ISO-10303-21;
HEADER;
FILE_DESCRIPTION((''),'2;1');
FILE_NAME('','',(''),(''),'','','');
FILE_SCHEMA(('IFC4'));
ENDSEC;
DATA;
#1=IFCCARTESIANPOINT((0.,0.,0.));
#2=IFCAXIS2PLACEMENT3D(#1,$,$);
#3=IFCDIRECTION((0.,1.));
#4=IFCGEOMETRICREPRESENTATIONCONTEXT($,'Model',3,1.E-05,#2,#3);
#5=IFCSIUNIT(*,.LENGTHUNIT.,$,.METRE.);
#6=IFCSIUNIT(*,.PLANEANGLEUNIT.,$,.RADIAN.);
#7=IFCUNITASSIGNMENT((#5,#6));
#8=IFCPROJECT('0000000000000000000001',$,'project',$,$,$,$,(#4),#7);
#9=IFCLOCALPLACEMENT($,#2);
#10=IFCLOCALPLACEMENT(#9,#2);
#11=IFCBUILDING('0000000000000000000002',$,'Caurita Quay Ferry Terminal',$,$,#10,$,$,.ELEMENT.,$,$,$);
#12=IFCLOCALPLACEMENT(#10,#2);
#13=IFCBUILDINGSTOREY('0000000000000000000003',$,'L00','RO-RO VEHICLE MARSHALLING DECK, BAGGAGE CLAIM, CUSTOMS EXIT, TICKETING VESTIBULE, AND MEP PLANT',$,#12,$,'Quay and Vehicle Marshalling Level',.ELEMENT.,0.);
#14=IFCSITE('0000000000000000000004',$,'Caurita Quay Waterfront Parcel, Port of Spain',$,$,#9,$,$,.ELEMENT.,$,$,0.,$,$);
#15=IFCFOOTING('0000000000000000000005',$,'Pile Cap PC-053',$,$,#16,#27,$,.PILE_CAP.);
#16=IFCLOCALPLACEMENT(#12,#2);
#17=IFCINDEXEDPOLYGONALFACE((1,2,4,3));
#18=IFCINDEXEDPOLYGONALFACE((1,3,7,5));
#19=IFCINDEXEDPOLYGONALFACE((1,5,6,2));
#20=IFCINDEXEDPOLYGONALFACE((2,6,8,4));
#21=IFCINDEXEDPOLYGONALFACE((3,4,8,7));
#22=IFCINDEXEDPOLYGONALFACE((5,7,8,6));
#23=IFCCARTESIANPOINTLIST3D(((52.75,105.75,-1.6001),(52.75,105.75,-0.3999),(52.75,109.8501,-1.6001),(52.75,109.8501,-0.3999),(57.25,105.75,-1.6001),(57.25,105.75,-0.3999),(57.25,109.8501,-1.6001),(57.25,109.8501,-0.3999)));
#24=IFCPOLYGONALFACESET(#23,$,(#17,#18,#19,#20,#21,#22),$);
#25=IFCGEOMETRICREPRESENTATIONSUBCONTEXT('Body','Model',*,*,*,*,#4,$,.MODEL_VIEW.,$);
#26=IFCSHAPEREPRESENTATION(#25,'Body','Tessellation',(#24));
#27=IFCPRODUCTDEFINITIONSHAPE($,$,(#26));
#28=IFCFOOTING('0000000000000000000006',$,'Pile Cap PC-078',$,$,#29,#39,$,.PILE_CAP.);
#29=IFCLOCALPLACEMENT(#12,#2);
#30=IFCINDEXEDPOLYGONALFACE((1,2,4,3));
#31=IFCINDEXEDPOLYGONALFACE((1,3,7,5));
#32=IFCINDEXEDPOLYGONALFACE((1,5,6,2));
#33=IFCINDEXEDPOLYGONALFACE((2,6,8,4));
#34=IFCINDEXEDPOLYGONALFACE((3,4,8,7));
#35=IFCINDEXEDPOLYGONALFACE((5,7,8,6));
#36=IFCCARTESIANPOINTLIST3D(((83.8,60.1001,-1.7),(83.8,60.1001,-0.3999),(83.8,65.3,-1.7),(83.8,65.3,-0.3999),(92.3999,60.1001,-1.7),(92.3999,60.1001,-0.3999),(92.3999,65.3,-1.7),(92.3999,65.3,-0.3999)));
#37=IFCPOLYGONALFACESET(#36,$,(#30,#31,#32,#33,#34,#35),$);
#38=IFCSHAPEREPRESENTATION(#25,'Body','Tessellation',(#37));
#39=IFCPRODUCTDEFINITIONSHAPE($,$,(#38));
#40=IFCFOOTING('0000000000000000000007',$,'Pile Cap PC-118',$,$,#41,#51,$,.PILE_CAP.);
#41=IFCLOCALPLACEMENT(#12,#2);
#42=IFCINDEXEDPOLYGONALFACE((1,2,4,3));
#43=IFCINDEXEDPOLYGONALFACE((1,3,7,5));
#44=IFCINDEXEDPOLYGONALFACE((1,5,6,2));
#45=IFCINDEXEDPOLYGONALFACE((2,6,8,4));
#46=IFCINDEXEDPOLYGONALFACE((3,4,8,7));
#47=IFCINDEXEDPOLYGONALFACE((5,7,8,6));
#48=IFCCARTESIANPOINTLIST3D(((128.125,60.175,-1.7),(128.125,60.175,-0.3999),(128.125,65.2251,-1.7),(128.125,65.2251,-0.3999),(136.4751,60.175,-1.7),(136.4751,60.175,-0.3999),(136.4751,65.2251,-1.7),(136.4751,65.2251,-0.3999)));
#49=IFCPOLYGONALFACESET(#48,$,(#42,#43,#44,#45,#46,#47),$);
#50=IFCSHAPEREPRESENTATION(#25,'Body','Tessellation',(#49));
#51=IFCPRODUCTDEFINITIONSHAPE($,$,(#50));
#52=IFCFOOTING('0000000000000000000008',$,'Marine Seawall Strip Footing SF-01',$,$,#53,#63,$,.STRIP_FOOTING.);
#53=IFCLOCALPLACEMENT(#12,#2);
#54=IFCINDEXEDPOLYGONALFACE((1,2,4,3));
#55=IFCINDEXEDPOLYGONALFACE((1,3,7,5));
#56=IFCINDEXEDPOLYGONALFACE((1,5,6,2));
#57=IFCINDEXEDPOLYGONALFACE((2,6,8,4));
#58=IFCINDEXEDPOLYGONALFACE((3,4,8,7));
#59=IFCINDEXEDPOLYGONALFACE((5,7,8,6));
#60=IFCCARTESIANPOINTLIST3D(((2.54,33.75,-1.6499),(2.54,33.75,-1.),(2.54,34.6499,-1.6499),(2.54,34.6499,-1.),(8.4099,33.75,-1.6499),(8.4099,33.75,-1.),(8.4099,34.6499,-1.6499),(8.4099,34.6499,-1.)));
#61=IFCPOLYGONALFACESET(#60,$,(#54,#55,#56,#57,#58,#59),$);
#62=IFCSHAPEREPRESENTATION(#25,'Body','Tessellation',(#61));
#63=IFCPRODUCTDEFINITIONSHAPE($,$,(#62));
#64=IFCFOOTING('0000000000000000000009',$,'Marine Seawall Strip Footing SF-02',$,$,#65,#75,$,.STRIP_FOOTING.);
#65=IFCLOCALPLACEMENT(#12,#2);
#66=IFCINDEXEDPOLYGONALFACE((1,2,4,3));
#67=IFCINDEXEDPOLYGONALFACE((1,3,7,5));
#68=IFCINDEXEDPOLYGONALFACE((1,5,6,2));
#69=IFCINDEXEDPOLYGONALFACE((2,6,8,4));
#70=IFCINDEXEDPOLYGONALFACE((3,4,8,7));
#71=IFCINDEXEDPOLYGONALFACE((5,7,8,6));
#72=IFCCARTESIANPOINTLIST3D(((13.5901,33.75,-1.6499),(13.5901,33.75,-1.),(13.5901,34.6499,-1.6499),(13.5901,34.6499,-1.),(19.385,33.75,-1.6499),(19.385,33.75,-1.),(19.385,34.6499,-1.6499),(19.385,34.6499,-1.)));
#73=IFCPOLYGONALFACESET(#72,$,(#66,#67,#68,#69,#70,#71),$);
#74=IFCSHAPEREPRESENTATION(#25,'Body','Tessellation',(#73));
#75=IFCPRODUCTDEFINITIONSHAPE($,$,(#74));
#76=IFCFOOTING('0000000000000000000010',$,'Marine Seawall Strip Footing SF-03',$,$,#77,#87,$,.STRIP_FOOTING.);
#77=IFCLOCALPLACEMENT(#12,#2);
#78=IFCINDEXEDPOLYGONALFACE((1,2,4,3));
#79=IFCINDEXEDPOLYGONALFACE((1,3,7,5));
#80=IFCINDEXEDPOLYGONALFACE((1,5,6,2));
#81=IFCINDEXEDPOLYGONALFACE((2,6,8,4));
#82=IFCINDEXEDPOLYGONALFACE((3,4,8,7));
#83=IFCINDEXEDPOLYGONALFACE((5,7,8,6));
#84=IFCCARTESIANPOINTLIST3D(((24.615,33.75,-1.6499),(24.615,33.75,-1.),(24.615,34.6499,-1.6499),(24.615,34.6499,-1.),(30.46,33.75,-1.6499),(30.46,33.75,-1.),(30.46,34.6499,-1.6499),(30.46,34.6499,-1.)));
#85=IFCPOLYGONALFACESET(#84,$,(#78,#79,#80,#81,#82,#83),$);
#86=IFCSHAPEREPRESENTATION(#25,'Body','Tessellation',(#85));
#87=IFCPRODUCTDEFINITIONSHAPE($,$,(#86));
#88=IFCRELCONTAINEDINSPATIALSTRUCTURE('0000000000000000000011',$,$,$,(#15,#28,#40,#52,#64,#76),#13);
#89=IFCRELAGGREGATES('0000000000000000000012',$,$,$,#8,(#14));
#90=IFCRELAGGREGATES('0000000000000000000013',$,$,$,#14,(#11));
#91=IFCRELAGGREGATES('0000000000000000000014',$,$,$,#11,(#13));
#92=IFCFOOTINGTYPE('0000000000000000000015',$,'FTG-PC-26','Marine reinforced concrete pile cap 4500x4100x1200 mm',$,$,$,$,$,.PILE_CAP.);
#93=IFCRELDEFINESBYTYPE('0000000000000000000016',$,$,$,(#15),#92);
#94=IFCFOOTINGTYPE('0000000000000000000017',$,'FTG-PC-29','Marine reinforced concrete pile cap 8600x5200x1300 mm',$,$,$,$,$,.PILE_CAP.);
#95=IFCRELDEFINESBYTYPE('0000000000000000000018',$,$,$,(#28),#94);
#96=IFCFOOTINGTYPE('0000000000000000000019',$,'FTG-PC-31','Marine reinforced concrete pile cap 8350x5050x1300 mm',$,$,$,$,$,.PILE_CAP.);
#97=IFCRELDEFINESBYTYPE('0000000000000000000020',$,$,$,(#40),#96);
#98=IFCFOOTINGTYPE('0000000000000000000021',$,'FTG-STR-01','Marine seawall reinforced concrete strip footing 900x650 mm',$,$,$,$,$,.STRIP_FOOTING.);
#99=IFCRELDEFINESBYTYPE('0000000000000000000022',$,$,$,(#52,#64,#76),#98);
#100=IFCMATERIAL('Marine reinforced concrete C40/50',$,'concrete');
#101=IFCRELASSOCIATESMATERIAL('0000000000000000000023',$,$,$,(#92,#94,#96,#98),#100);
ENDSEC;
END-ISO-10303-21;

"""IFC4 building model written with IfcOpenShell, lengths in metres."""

from ifc_helpers import new_model, si_unit, direction, frame, origin, place, context, subcontext, project, spatial, polyline, outline, extrude, material, type_object, element, save


model = new_model("IFC4")

# Units and contexts
model_context = context("Model", 3, precision=1e-05, world=origin(), true_north=direction((0.0, 1.0)))
body_context = subcontext(model_context, "Body", "Model", "MODEL_VIEW")
ifc_project = project(units=[si_unit("LENGTHUNIT", "METRE"), si_unit("PLANEANGLEUNIT", "RADIAN")], contexts=[model_context])

# Site, building, storey
site_placement = place(None, origin())
site = spatial("IfcSite", under=ifc_project, at=site_placement, Name="Caurita Quay Waterfront Parcel, Port of Spain", CompositionType="ELEMENT", RefElevation=0.0)
building_placement = place(site_placement, origin())
building = spatial("IfcBuilding", under=site, at=building_placement, Name="Caurita Quay Ferry Terminal", CompositionType="ELEMENT")
storey_placement = place(building_placement, origin())
storey = spatial("IfcBuildingStorey", under=building, at=storey_placement, Name="L00", Description="RO-RO VEHICLE MARSHALLING DECK, BAGGAGE CLAIM, CUSTOMS EXIT, TICKETING VESTIBULE, AND MEP PLANT", LongName="Quay and Vehicle Marshalling Level", CompositionType="ELEMENT", Elevation=0.0)

# Footings
ifc_material = material(Name="Marine reinforced concrete C40/50", Category="concrete")
footing_type_1 = type_object("IfcFootingType", Name="FTG-PC-26", Description="Marine reinforced concrete pile cap 4500x4100x1200 mm", PredefinedType="PILE_CAP", material=ifc_material)
footing_1_placement = place(storey_placement, frame((0.0, 0.0, -1.6001)))
element("IfcFooting", 1, at=footing_1_placement, inside=storey, type_object=footing_type_1, Name="Pile Cap PC-053", PredefinedType="PILE_CAP", context=body_context, shape_type="SweptSolid", body=[
    extrude(outline(polyline([(52.75, 105.75), (57.25, 105.75), (57.25, 109.8501), (52.75, 109.8501), (52.75, 105.75)])), origin(), (0.0, 0.0, 1.0), 1.2002),
])
footing_type_2 = type_object("IfcFootingType", Name="FTG-PC-29", Description="Marine reinforced concrete pile cap 8600x5200x1300 mm", PredefinedType="PILE_CAP", material=ifc_material)
footing_2_placement = place(storey_placement, frame((0.0, 0.0, -1.7)))
element("IfcFooting", 2, at=footing_2_placement, inside=storey, type_object=footing_type_2, Name="Pile Cap PC-078", PredefinedType="PILE_CAP", context=body_context, shape_type="SweptSolid", body=[
    extrude(outline(polyline([(83.8, 60.1001), (92.3999, 60.1001), (92.3999, 65.3), (83.8, 65.3), (83.8, 60.1001)])), origin(), (0.0, 0.0, 1.0), 1.3),
])
footing_type_3 = type_object("IfcFootingType", Name="FTG-PC-31", Description="Marine reinforced concrete pile cap 8350x5050x1300 mm", PredefinedType="PILE_CAP", material=ifc_material)
footing_3_placement = place(storey_placement, frame((0.0, 0.0, -1.7)))
element("IfcFooting", 3, at=footing_3_placement, inside=storey, type_object=footing_type_3, Name="Pile Cap PC-118", PredefinedType="PILE_CAP", context=body_context, shape_type="SweptSolid", body=[
    extrude(outline(polyline([(128.125, 60.175), (136.4751, 60.175), (136.4751, 65.2251), (128.125, 65.2251), (128.125, 60.175)])), origin(), (0.0, 0.0, 1.0), 1.3),
])
footing_type_4 = type_object("IfcFootingType", Name="FTG-STR-01", Description="Marine seawall reinforced concrete strip footing 900x650 mm", PredefinedType="STRIP_FOOTING", material=ifc_material)
footing_4_placement = place(storey_placement, frame((0.0, 0.0, -1.6499)))
element("IfcFooting", 4, at=footing_4_placement, inside=storey, type_object=footing_type_4, Name="Marine Seawall Strip Footing SF-01", PredefinedType="STRIP_FOOTING", context=body_context, shape_type="SweptSolid", body=[
    extrude(outline(polyline([(2.54, 33.75), (8.4099, 33.75), (8.4099, 34.6499), (2.54, 34.6499), (2.54, 33.75)])), origin(), (0.0, 0.0, 1.0), 0.6499),
])
footing_5_placement = place(storey_placement, frame((0.0, 0.0, -1.6499)))
element("IfcFooting", 5, at=footing_5_placement, inside=storey, type_object=footing_type_4, Name="Marine Seawall Strip Footing SF-02", PredefinedType="STRIP_FOOTING", context=body_context, shape_type="SweptSolid", body=[
    extrude(outline(polyline([(13.5901, 33.75), (19.385, 33.75), (19.385, 34.6499), (13.5901, 34.6499), (13.5901, 33.75)])), origin(), (0.0, 0.0, 1.0), 0.6499),
])
footing_6_placement = place(storey_placement, frame((0.0, 0.0, -1.6499)))
element("IfcFooting", 6, at=footing_6_placement, inside=storey, type_object=footing_type_4, Name="Marine Seawall Strip Footing SF-03", PredefinedType="STRIP_FOOTING", context=body_context, shape_type="SweptSolid", body=[
    extrude(outline(polyline([(24.615, 33.75), (30.46, 33.75), (30.46, 34.6499), (24.615, 34.6499), (24.615, 33.75)])), origin(), (0.0, 0.0, 1.0), 0.6499),
])

save(model, "model.ifc")
